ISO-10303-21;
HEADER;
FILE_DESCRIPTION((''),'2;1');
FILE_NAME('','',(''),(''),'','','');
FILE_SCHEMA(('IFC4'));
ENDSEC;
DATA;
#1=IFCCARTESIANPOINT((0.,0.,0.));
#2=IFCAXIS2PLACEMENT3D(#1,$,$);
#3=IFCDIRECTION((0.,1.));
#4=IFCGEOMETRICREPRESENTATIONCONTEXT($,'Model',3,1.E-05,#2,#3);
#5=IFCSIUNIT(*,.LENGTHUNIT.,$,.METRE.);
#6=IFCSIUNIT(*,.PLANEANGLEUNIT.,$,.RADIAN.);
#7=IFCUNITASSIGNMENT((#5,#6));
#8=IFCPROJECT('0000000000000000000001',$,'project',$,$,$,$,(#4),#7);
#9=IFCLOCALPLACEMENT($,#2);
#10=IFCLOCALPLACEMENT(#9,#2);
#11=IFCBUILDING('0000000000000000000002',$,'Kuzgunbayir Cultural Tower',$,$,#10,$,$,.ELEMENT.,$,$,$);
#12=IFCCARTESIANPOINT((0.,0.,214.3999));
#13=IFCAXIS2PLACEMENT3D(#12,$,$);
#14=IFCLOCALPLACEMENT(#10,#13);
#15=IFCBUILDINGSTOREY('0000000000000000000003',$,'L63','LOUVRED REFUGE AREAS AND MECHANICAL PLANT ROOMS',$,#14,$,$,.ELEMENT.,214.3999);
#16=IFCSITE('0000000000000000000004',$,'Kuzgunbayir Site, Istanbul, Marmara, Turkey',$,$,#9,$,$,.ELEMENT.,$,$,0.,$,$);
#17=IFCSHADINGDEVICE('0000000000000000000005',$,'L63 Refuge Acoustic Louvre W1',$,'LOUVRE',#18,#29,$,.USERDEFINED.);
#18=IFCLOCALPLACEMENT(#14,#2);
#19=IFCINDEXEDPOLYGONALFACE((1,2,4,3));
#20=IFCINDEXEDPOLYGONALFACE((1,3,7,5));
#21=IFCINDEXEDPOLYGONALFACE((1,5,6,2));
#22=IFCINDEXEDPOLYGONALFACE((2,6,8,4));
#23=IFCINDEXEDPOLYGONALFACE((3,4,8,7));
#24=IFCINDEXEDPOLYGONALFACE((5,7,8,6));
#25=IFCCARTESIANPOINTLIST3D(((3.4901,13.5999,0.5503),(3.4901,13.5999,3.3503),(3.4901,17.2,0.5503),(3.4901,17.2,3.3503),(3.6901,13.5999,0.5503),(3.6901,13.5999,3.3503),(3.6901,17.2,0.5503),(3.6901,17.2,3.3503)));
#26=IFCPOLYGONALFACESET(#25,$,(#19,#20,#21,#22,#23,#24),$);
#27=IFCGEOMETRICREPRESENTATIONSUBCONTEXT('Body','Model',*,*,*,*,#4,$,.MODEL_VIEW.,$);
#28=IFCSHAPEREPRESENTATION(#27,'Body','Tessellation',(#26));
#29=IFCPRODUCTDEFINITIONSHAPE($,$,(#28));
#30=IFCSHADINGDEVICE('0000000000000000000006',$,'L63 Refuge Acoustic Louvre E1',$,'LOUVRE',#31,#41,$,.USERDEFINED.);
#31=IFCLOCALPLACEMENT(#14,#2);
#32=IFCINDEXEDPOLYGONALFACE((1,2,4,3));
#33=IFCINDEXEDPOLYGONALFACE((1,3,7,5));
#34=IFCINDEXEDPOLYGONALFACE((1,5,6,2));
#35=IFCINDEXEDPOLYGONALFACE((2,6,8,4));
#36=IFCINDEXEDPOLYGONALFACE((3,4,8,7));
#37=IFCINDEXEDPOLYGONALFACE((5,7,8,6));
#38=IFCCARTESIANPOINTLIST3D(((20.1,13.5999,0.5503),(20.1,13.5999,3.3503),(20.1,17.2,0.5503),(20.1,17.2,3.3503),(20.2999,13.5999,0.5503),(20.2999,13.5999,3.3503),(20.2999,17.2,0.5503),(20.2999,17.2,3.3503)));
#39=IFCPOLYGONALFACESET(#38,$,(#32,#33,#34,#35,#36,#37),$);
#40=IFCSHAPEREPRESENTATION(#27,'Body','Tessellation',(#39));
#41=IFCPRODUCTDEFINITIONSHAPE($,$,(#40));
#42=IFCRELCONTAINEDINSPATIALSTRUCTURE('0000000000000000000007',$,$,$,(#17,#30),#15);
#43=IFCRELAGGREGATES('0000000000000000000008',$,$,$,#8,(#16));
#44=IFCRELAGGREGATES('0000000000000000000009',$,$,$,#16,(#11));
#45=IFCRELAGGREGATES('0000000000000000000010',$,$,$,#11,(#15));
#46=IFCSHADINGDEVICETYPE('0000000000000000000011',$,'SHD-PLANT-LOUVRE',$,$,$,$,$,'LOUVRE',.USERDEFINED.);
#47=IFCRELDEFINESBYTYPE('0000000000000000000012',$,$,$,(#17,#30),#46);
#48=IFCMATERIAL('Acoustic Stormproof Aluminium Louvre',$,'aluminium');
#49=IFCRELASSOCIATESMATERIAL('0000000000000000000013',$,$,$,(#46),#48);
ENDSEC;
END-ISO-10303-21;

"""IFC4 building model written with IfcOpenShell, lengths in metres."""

from ifc_helpers import new_model, si_unit, direction, frame, origin, origin_2d, place, context, subcontext, project, spatial, rectangle, extrude, material, type_object, element, save


model = new_model("IFC4")

# Units and contexts
model_context = context("Model", 3, precision=1e-05, world=origin(), true_north=direction((0.0, 1.0)))
body_context = subcontext(model_context, "Body", "Model", "MODEL_VIEW")
ifc_project = project(units=[si_unit("LENGTHUNIT", "METRE"), si_unit("PLANEANGLEUNIT", "RADIAN")], contexts=[model_context])

# Site, building, storey
site_placement = place(None, origin())
site = spatial("IfcSite", under=ifc_project, at=site_placement, Name="Kuzgunbayir Site, Istanbul, Marmara, Turkey", CompositionType="ELEMENT", RefElevation=0.0)
building_placement = place(site_placement, origin())
building = spatial("IfcBuilding", under=site, at=building_placement, Name="Kuzgunbayir Cultural Tower", CompositionType="ELEMENT")
storey_placement = place(building_placement, frame((0.0, 0.0, 214.3999)))
storey = spatial("IfcBuildingStorey", under=building, at=storey_placement, Name="L63", Description="LOUVRED REFUGE AREAS AND MECHANICAL PLANT ROOMS", CompositionType="ELEMENT", Elevation=214.3999)

# Shading devices
ifc_material_1 = material(Name="Acoustic Stormproof Aluminium Louvre", Category="aluminium")
shading_device_type = type_object("IfcShadingDeviceType", Name="SHD-PLANT-LOUVRE", ElementType="LOUVRE", PredefinedType="USERDEFINED", material=ifc_material_1)
for number, where, z_axis, x_axis, name in (
    (1, (3.5901, 15.3999, 0.5503), (0.0, 0.0, 1.0), (1.0, 0.0, 0.0), "L63 Refuge Acoustic Louvre W1"),
    (2, (20.2, 15.3999, 0.5503), (0.0, 0.0, 1.0), (1.0, 0.0, 0.0), "L63 Refuge Acoustic Louvre E1"),
):
    element("IfcShadingDevice", number, at=place(storey_placement, frame(where, z_axis=z_axis, x_axis=x_axis)), inside=storey, type_object=shading_device_type, Name=name, ObjectType="LOUVRE", PredefinedType="USERDEFINED", context=body_context, shape_type="SweptSolid", body=[
        extrude(rectangle(XDim=0.2, YDim=3.6001, at=origin_2d()), origin(), (0.0, 0.0, 1.0), 2.8),
    ])

save(model, "model.ifc")
